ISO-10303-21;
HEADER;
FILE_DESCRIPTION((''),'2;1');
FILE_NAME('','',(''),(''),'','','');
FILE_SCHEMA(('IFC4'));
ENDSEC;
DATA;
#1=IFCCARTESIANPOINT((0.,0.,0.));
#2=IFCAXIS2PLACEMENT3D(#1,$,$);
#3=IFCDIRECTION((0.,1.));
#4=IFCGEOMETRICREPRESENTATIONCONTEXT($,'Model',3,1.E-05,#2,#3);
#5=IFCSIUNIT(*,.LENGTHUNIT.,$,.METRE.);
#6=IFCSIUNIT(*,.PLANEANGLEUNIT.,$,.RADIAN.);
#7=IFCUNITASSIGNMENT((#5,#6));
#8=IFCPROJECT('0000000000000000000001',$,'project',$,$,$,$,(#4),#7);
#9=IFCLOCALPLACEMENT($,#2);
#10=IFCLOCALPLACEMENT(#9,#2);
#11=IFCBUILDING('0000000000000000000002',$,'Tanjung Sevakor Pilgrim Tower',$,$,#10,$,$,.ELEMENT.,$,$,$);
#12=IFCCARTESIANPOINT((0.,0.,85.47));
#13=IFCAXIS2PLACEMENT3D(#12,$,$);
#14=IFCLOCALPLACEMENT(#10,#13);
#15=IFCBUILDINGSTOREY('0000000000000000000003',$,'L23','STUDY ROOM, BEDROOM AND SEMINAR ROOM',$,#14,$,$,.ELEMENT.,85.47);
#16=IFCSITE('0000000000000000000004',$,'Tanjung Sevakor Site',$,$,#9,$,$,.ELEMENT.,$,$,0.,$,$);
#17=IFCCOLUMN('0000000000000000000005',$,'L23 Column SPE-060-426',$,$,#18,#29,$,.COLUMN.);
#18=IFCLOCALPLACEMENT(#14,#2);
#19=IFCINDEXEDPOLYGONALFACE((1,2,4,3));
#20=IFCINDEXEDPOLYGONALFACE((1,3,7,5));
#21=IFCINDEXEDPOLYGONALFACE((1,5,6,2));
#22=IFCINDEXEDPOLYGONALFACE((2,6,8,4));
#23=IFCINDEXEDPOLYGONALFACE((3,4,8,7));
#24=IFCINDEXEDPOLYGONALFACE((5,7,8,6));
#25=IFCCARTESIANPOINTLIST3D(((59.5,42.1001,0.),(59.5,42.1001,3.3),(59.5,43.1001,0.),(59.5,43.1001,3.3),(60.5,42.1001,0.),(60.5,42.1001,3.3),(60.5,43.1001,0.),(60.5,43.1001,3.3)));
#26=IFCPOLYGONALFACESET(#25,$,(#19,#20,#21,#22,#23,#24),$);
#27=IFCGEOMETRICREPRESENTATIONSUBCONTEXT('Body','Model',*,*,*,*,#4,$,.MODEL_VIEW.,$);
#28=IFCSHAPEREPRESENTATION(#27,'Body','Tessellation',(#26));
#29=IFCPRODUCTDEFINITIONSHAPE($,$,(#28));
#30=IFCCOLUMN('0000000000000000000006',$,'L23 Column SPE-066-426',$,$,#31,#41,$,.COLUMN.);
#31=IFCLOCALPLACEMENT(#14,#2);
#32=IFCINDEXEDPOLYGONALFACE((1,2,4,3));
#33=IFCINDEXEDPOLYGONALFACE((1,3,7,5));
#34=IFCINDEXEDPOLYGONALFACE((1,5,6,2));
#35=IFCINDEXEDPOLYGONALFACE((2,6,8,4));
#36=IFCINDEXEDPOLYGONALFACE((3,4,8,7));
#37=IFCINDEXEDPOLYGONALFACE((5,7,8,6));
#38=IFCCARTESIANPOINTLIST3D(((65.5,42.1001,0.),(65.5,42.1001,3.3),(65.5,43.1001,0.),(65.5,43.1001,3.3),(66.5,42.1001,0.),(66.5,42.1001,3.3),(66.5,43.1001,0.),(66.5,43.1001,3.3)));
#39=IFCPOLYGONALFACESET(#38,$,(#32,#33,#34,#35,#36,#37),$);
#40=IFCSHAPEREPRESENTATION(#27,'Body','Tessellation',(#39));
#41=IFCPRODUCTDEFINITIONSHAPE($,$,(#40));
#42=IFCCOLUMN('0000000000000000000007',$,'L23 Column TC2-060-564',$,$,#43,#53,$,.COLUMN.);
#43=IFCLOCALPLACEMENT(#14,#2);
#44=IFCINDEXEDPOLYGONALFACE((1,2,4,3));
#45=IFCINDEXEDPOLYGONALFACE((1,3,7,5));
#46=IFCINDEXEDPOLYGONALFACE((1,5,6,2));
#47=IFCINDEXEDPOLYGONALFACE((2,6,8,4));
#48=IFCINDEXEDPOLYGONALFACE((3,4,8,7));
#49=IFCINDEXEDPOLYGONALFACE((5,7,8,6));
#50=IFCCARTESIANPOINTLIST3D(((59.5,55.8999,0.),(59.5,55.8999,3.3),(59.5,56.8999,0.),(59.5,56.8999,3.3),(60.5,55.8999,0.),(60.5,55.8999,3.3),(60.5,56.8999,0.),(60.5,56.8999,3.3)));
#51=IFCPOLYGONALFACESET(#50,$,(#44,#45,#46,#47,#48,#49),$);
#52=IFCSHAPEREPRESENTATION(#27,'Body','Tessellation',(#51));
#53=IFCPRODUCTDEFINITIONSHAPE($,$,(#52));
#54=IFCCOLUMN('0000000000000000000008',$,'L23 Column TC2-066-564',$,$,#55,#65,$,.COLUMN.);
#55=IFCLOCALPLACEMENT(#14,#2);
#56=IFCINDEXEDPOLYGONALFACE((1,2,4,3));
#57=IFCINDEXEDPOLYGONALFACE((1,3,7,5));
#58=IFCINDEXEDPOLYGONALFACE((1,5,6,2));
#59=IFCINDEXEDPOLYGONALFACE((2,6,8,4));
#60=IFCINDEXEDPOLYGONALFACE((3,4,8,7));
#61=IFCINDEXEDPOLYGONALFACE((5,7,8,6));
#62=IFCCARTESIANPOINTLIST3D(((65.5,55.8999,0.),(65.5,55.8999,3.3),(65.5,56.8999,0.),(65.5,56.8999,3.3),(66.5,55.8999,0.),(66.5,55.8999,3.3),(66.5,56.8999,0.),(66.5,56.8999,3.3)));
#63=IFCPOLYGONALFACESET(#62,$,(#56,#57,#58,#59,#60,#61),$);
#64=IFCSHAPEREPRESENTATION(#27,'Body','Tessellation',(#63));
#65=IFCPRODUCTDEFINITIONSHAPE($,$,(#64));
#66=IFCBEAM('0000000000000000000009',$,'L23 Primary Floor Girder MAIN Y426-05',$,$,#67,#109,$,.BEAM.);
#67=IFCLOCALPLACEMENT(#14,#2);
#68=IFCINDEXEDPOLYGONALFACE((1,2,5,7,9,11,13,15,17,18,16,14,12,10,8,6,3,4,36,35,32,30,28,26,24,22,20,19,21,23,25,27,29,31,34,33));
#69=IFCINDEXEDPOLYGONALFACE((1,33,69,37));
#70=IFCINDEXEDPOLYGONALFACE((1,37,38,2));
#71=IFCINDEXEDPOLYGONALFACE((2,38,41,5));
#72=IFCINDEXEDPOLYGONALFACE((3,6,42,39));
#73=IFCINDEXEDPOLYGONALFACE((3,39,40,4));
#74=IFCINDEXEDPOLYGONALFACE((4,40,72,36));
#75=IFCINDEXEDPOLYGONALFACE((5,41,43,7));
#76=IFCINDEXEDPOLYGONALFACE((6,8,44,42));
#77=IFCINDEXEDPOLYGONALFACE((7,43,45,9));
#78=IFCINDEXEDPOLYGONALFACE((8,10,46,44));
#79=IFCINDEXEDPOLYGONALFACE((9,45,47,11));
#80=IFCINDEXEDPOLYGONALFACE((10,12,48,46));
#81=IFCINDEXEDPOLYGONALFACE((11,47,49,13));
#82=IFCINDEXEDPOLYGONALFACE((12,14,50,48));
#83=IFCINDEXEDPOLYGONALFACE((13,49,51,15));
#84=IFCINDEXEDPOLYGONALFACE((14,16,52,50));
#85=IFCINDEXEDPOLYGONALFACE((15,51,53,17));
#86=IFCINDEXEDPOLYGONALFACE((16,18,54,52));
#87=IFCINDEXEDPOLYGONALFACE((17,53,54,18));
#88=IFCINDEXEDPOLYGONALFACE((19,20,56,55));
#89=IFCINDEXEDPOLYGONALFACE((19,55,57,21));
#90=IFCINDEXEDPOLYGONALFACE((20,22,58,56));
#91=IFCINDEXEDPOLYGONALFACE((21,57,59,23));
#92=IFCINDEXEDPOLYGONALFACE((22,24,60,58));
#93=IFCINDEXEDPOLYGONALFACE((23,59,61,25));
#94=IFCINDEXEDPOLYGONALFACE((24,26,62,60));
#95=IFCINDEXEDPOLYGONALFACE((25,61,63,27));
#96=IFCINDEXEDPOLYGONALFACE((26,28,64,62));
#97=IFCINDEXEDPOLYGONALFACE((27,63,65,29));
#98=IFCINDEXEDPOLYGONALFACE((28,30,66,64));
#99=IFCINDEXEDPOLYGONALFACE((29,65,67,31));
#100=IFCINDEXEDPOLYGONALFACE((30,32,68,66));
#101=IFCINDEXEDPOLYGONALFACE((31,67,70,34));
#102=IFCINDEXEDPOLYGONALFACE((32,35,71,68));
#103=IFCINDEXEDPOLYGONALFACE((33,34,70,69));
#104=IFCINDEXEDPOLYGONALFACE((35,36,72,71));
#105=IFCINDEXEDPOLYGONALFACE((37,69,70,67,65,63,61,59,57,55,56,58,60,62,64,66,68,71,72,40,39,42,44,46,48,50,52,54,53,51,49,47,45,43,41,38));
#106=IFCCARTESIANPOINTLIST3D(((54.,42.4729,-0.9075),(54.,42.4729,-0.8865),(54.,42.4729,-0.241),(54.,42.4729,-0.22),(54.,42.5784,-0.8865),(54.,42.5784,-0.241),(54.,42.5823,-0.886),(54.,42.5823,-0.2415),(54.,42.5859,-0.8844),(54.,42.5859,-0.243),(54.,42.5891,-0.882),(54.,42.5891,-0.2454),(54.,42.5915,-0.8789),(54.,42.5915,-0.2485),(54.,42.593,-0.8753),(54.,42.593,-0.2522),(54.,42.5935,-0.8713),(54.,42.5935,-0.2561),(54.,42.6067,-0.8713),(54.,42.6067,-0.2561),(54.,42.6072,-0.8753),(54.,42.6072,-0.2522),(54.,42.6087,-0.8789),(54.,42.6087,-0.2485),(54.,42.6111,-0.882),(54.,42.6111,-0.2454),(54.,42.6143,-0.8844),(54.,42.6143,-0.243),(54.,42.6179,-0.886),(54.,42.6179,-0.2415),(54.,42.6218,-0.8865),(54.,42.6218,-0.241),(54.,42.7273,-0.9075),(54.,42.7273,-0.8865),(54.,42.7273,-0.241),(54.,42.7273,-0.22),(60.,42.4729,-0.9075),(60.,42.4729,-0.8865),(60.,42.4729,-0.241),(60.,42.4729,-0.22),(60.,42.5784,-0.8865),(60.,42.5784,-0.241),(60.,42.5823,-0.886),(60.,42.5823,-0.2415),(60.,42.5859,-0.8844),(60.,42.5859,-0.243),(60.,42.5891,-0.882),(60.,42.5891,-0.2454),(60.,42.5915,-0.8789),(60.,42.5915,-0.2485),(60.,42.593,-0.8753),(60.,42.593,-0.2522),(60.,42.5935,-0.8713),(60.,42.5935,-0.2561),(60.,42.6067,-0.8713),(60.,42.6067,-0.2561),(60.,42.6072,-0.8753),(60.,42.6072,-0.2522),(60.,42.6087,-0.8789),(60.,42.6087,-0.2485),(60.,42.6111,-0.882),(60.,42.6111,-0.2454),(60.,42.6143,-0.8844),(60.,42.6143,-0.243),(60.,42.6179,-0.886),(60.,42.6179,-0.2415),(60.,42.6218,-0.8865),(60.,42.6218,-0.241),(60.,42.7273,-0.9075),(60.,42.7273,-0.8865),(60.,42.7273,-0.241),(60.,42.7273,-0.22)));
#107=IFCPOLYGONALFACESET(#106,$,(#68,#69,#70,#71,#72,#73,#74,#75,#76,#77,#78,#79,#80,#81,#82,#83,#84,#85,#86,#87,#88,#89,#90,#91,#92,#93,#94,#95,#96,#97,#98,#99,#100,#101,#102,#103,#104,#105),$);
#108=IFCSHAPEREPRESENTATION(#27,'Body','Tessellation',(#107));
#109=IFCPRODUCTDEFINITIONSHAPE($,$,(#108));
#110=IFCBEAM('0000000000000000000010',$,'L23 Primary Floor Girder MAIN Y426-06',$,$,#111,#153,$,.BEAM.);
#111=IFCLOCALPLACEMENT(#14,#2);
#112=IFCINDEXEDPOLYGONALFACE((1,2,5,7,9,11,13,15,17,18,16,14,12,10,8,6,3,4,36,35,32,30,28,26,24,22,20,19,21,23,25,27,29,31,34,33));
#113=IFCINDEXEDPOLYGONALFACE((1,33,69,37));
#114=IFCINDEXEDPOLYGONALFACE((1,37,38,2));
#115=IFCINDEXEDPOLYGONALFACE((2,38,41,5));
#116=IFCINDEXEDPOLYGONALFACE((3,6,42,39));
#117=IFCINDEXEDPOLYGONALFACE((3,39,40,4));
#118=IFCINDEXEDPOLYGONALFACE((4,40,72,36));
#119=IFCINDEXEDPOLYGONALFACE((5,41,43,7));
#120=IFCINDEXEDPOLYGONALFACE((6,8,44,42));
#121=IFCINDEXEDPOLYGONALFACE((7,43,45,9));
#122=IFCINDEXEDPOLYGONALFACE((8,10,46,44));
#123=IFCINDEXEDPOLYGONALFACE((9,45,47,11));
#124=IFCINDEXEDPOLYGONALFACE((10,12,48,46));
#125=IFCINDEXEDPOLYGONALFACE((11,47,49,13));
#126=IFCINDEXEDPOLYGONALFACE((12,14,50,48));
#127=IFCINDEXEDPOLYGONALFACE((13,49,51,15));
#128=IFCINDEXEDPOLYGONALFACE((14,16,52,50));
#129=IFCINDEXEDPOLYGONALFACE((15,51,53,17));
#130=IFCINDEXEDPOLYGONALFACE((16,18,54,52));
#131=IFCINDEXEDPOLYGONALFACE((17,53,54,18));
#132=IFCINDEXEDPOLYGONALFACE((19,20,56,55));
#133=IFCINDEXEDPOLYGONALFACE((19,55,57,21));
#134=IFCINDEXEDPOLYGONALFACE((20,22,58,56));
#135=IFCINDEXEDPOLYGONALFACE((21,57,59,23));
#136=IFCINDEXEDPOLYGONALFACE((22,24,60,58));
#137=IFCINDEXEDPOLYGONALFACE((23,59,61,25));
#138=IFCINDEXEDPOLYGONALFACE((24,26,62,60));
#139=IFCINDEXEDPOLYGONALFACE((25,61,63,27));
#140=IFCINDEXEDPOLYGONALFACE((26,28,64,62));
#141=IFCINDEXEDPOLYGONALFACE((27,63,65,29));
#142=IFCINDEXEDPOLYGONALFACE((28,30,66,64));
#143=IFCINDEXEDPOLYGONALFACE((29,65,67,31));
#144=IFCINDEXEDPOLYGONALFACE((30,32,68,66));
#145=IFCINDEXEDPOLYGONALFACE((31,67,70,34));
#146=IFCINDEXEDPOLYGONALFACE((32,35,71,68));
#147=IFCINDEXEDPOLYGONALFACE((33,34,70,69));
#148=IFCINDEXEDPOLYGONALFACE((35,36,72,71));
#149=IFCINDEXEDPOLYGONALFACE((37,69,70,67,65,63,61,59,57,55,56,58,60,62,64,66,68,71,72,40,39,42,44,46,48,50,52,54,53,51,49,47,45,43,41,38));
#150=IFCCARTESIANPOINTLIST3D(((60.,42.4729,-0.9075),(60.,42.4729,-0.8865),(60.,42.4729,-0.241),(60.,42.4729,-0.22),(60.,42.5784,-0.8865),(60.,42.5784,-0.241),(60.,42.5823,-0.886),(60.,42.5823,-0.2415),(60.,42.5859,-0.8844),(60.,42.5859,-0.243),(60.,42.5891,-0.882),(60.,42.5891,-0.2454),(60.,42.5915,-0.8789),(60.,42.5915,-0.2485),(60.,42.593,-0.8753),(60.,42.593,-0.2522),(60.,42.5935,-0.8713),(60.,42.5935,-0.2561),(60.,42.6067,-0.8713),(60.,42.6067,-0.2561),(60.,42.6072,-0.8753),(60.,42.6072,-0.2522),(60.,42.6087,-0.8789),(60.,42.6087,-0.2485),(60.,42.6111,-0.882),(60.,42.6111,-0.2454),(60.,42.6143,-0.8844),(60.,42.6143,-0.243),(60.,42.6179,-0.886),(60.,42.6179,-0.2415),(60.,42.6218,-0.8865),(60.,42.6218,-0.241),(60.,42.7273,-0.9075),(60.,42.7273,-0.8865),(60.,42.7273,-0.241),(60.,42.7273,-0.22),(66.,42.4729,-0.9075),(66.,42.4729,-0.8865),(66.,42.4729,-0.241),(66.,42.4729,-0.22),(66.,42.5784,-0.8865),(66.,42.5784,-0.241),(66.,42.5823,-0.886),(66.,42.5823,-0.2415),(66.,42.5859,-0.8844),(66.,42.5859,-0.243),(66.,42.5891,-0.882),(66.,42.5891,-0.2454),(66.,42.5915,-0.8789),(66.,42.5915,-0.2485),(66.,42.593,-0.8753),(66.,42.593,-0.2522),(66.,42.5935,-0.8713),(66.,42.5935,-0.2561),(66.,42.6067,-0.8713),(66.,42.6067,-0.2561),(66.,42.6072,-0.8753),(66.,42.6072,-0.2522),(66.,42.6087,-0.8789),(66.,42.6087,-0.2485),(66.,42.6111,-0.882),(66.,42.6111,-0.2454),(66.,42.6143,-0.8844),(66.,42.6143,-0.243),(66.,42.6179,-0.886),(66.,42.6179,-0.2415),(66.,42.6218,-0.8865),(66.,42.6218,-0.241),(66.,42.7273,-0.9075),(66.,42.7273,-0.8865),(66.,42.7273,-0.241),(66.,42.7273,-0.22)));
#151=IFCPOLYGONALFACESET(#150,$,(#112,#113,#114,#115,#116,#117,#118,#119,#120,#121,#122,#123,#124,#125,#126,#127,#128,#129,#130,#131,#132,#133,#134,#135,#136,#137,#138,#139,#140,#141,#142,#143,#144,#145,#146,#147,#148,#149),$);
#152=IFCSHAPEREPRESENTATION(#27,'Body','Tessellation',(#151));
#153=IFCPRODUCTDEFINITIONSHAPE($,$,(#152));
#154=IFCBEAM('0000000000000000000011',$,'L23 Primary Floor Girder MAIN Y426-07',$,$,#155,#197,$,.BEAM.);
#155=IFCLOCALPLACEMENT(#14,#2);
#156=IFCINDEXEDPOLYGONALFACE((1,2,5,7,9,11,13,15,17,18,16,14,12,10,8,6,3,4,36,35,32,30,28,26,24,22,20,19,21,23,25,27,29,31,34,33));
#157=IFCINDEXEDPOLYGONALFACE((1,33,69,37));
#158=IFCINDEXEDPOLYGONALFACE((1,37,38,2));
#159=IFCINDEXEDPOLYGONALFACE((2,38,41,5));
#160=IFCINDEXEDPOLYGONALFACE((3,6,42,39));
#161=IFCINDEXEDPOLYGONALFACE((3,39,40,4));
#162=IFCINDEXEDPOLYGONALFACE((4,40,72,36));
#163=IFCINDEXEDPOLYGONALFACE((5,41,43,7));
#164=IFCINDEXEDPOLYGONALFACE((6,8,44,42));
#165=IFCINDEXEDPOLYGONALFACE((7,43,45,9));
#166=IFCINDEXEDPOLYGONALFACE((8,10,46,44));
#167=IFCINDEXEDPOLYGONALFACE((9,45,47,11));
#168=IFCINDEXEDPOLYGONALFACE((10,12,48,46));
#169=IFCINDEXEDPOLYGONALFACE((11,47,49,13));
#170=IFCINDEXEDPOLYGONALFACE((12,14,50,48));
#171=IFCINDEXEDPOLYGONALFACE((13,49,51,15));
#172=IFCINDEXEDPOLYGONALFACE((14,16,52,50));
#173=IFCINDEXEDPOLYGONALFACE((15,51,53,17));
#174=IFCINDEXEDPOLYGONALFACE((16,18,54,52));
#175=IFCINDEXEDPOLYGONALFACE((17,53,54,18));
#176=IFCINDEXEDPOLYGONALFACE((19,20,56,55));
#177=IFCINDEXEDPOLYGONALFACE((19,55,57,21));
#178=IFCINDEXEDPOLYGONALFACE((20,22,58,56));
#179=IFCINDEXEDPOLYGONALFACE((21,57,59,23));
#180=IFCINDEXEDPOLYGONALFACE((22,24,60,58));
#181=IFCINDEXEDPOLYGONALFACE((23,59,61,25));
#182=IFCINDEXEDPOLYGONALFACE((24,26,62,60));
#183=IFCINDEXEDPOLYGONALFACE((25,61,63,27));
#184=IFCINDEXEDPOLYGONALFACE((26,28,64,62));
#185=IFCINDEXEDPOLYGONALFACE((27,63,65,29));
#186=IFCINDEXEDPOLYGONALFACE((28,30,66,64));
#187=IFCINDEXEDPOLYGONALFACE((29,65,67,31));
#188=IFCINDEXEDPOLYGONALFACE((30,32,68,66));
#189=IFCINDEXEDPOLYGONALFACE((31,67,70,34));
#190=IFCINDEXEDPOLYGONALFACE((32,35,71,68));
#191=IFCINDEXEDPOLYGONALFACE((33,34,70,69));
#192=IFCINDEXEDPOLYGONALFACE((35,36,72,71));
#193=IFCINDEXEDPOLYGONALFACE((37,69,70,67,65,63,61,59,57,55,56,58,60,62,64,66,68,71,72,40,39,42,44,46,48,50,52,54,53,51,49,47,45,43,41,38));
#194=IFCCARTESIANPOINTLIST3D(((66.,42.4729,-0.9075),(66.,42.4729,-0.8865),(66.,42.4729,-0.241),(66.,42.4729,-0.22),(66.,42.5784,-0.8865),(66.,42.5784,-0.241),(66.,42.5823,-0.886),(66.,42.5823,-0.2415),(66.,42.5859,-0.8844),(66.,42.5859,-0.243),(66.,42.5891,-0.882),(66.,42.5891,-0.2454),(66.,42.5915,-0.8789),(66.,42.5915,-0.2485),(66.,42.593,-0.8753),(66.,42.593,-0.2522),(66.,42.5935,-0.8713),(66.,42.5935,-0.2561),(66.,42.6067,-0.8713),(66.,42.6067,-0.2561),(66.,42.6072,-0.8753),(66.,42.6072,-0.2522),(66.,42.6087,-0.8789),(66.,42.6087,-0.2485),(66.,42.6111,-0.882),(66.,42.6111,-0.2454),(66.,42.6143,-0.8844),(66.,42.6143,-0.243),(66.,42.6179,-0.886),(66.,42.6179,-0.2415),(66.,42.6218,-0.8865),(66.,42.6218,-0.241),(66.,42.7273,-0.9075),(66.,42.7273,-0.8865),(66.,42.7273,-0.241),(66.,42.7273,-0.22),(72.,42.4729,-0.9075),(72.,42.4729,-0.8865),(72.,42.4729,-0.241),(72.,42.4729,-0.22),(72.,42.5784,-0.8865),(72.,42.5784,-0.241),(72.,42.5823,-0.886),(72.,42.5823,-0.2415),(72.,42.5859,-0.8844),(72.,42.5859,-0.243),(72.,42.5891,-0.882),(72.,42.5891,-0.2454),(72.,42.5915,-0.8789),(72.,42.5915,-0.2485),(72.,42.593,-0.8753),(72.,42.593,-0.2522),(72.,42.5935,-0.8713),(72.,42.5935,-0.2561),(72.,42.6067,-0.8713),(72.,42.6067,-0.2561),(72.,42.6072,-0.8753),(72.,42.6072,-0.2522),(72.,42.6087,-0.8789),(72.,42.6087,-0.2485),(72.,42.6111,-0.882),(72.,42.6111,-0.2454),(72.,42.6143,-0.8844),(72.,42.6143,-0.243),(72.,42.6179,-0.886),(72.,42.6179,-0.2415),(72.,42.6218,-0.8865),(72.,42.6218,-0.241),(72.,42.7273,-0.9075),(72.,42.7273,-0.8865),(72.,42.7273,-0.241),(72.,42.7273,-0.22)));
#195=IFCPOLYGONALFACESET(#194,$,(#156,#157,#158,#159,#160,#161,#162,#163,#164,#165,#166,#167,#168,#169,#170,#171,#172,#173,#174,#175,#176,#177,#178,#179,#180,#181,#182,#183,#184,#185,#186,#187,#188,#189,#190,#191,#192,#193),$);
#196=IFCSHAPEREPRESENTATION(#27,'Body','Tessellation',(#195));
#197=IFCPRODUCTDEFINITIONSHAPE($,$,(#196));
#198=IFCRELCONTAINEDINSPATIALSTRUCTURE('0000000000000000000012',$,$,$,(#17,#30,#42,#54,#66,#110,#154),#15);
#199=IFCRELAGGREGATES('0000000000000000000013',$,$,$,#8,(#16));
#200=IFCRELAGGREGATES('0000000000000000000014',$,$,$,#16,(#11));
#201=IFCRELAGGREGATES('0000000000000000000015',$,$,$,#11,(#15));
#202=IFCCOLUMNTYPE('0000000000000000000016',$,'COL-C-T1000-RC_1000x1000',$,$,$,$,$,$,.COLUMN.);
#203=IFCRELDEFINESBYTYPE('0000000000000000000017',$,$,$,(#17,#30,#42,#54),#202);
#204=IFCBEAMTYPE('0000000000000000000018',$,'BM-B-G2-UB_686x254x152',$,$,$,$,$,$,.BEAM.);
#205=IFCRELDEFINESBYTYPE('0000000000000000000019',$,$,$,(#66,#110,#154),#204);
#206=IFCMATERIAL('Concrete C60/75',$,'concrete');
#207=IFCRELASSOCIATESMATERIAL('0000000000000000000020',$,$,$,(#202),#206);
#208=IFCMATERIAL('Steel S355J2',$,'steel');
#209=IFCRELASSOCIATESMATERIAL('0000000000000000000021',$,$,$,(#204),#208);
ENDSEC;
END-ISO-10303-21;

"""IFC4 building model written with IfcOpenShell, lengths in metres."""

from ifc_helpers import new_model, si_unit, direction, frame, origin, origin_2d, place, context, subcontext, project, spatial, rectangle, i_section, extrude, material, material_profile, profile_set, type_object, element, save


model = new_model("IFC4")

# Units and contexts
model_context = context("Model", 3, precision=1e-05, world=origin(), true_north=direction((0.0, 1.0)))
body_context = subcontext(model_context, "Body", "Model", "MODEL_VIEW")
ifc_project = project(units=[si_unit("LENGTHUNIT", "METRE"), si_unit("PLANEANGLEUNIT", "RADIAN")], contexts=[model_context])

# Site, building, storey
site_placement = place(None, origin())
site = spatial("IfcSite", under=ifc_project, at=site_placement, Name="Tanjung Sevakor Site", CompositionType="ELEMENT", RefElevation=0.0)
building_placement = place(site_placement, origin())
building = spatial("IfcBuilding", under=site, at=building_placement, Name="Tanjung Sevakor Pilgrim Tower", CompositionType="ELEMENT")
storey_placement = place(building_placement, frame((0.0, 0.0, 85.47)))
storey = spatial("IfcBuildingStorey", under=building, at=storey_placement, Name="L23", Description="STUDY ROOM, BEDROOM AND SEMINAR ROOM", CompositionType="ELEMENT", Elevation=85.47)

# Columns
ifc_material_1 = material(Name="Concrete C60/75", Category="concrete")
ifc_material_profile_1 = material_profile(ifc_material_1, rectangle(XDim=1.0, YDim=1.0, at=origin_2d()))
ifc_profile_set_1 = profile_set([ifc_material_profile_1], Name="Concrete C60/75")
column_type = type_object("IfcColumnType", Name="COL-C-T1000-RC_1000x1000", PredefinedType="COLUMN", material=ifc_profile_set_1)
for number, where, z_axis, x_axis, name in (
    (1, (60.0, 42.6001, 0.0), (0.0, 0.0, 1.0), (1.0, 0.0, 0.0), "L23 Column SPE-060-426"),
    (2, (66.0, 42.6001, 0.0), (0.0, 0.0, 1.0), (1.0, 0.0, 0.0), "L23 Column SPE-066-426"),
    (3, (60.0, 56.3999, 0.0), (0.0, 0.0, 1.0), (1.0, 0.0, 0.0), "L23 Column TC2-060-564"),
    (4, (66.0, 56.3999, 0.0), (0.0, 0.0, 1.0), (1.0, 0.0, 0.0), "L23 Column TC2-066-564"),
):
    element("IfcColumn", number, at=place(storey_placement, frame(where, z_axis=z_axis, x_axis=x_axis)), inside=storey, type_object=column_type, Name=name, PredefinedType="COLUMN", context=body_context, shape_type="SweptSolid", body=[
        extrude(rectangle(XDim=1.0, YDim=1.0, at=origin_2d()), origin(), (0.0, 0.0, 1.0), 3.3),
    ])

# Beams
ifc_material_2 = material(Name="Steel S355J2", Category="steel")
ifc_material_profile_2 = material_profile(ifc_material_2, i_section(OverallWidth=0.2544, OverallDepth=0.6875, WebThickness=0.0132, FlangeThickness=0.021, FilletRadius=0.0151, at=origin_2d()))
ifc_profile_set_2 = profile_set([ifc_material_profile_2], Name="Steel S355J2")
beam_type_1 = type_object("IfcBeamType", Name="BM-B-G2-UB_686x254x152", PredefinedType="BEAM", material=ifc_profile_set_2)
for number, where, z_axis, x_axis, name in (
    (5, (54.0, 42.6001, -0.5637), (1.0, 0.0, 0.0), (0.0, 1.0, 0.0), "L23 Primary Floor Girder MAIN Y426-05"),
    (6, (60.0, 42.6001, -0.5637), (1.0, 0.0, 0.0), (0.0, 1.0, 0.0), "L23 Primary Floor Girder MAIN Y426-06"),
    (7, (66.0, 42.6001, -0.5637), (1.0, 0.0, 0.0), (0.0, 1.0, 0.0), "L23 Primary Floor Girder MAIN Y426-07"),
):
    element("IfcBeam", number, at=place(storey_placement, frame(where, z_axis=z_axis, x_axis=x_axis)), inside=storey, type_object=beam_type_1, Name=name, PredefinedType="BEAM", context=body_context, shape_type="SweptSolid", body=[
        extrude(i_section(OverallWidth=0.2544, OverallDepth=0.6875, WebThickness=0.0132, FlangeThickness=0.021, FilletRadius=0.0151, at=origin_2d()), origin(), (0.0, 0.0, 1.0), 6.0),
    ])

save(model, "model.ifc")
